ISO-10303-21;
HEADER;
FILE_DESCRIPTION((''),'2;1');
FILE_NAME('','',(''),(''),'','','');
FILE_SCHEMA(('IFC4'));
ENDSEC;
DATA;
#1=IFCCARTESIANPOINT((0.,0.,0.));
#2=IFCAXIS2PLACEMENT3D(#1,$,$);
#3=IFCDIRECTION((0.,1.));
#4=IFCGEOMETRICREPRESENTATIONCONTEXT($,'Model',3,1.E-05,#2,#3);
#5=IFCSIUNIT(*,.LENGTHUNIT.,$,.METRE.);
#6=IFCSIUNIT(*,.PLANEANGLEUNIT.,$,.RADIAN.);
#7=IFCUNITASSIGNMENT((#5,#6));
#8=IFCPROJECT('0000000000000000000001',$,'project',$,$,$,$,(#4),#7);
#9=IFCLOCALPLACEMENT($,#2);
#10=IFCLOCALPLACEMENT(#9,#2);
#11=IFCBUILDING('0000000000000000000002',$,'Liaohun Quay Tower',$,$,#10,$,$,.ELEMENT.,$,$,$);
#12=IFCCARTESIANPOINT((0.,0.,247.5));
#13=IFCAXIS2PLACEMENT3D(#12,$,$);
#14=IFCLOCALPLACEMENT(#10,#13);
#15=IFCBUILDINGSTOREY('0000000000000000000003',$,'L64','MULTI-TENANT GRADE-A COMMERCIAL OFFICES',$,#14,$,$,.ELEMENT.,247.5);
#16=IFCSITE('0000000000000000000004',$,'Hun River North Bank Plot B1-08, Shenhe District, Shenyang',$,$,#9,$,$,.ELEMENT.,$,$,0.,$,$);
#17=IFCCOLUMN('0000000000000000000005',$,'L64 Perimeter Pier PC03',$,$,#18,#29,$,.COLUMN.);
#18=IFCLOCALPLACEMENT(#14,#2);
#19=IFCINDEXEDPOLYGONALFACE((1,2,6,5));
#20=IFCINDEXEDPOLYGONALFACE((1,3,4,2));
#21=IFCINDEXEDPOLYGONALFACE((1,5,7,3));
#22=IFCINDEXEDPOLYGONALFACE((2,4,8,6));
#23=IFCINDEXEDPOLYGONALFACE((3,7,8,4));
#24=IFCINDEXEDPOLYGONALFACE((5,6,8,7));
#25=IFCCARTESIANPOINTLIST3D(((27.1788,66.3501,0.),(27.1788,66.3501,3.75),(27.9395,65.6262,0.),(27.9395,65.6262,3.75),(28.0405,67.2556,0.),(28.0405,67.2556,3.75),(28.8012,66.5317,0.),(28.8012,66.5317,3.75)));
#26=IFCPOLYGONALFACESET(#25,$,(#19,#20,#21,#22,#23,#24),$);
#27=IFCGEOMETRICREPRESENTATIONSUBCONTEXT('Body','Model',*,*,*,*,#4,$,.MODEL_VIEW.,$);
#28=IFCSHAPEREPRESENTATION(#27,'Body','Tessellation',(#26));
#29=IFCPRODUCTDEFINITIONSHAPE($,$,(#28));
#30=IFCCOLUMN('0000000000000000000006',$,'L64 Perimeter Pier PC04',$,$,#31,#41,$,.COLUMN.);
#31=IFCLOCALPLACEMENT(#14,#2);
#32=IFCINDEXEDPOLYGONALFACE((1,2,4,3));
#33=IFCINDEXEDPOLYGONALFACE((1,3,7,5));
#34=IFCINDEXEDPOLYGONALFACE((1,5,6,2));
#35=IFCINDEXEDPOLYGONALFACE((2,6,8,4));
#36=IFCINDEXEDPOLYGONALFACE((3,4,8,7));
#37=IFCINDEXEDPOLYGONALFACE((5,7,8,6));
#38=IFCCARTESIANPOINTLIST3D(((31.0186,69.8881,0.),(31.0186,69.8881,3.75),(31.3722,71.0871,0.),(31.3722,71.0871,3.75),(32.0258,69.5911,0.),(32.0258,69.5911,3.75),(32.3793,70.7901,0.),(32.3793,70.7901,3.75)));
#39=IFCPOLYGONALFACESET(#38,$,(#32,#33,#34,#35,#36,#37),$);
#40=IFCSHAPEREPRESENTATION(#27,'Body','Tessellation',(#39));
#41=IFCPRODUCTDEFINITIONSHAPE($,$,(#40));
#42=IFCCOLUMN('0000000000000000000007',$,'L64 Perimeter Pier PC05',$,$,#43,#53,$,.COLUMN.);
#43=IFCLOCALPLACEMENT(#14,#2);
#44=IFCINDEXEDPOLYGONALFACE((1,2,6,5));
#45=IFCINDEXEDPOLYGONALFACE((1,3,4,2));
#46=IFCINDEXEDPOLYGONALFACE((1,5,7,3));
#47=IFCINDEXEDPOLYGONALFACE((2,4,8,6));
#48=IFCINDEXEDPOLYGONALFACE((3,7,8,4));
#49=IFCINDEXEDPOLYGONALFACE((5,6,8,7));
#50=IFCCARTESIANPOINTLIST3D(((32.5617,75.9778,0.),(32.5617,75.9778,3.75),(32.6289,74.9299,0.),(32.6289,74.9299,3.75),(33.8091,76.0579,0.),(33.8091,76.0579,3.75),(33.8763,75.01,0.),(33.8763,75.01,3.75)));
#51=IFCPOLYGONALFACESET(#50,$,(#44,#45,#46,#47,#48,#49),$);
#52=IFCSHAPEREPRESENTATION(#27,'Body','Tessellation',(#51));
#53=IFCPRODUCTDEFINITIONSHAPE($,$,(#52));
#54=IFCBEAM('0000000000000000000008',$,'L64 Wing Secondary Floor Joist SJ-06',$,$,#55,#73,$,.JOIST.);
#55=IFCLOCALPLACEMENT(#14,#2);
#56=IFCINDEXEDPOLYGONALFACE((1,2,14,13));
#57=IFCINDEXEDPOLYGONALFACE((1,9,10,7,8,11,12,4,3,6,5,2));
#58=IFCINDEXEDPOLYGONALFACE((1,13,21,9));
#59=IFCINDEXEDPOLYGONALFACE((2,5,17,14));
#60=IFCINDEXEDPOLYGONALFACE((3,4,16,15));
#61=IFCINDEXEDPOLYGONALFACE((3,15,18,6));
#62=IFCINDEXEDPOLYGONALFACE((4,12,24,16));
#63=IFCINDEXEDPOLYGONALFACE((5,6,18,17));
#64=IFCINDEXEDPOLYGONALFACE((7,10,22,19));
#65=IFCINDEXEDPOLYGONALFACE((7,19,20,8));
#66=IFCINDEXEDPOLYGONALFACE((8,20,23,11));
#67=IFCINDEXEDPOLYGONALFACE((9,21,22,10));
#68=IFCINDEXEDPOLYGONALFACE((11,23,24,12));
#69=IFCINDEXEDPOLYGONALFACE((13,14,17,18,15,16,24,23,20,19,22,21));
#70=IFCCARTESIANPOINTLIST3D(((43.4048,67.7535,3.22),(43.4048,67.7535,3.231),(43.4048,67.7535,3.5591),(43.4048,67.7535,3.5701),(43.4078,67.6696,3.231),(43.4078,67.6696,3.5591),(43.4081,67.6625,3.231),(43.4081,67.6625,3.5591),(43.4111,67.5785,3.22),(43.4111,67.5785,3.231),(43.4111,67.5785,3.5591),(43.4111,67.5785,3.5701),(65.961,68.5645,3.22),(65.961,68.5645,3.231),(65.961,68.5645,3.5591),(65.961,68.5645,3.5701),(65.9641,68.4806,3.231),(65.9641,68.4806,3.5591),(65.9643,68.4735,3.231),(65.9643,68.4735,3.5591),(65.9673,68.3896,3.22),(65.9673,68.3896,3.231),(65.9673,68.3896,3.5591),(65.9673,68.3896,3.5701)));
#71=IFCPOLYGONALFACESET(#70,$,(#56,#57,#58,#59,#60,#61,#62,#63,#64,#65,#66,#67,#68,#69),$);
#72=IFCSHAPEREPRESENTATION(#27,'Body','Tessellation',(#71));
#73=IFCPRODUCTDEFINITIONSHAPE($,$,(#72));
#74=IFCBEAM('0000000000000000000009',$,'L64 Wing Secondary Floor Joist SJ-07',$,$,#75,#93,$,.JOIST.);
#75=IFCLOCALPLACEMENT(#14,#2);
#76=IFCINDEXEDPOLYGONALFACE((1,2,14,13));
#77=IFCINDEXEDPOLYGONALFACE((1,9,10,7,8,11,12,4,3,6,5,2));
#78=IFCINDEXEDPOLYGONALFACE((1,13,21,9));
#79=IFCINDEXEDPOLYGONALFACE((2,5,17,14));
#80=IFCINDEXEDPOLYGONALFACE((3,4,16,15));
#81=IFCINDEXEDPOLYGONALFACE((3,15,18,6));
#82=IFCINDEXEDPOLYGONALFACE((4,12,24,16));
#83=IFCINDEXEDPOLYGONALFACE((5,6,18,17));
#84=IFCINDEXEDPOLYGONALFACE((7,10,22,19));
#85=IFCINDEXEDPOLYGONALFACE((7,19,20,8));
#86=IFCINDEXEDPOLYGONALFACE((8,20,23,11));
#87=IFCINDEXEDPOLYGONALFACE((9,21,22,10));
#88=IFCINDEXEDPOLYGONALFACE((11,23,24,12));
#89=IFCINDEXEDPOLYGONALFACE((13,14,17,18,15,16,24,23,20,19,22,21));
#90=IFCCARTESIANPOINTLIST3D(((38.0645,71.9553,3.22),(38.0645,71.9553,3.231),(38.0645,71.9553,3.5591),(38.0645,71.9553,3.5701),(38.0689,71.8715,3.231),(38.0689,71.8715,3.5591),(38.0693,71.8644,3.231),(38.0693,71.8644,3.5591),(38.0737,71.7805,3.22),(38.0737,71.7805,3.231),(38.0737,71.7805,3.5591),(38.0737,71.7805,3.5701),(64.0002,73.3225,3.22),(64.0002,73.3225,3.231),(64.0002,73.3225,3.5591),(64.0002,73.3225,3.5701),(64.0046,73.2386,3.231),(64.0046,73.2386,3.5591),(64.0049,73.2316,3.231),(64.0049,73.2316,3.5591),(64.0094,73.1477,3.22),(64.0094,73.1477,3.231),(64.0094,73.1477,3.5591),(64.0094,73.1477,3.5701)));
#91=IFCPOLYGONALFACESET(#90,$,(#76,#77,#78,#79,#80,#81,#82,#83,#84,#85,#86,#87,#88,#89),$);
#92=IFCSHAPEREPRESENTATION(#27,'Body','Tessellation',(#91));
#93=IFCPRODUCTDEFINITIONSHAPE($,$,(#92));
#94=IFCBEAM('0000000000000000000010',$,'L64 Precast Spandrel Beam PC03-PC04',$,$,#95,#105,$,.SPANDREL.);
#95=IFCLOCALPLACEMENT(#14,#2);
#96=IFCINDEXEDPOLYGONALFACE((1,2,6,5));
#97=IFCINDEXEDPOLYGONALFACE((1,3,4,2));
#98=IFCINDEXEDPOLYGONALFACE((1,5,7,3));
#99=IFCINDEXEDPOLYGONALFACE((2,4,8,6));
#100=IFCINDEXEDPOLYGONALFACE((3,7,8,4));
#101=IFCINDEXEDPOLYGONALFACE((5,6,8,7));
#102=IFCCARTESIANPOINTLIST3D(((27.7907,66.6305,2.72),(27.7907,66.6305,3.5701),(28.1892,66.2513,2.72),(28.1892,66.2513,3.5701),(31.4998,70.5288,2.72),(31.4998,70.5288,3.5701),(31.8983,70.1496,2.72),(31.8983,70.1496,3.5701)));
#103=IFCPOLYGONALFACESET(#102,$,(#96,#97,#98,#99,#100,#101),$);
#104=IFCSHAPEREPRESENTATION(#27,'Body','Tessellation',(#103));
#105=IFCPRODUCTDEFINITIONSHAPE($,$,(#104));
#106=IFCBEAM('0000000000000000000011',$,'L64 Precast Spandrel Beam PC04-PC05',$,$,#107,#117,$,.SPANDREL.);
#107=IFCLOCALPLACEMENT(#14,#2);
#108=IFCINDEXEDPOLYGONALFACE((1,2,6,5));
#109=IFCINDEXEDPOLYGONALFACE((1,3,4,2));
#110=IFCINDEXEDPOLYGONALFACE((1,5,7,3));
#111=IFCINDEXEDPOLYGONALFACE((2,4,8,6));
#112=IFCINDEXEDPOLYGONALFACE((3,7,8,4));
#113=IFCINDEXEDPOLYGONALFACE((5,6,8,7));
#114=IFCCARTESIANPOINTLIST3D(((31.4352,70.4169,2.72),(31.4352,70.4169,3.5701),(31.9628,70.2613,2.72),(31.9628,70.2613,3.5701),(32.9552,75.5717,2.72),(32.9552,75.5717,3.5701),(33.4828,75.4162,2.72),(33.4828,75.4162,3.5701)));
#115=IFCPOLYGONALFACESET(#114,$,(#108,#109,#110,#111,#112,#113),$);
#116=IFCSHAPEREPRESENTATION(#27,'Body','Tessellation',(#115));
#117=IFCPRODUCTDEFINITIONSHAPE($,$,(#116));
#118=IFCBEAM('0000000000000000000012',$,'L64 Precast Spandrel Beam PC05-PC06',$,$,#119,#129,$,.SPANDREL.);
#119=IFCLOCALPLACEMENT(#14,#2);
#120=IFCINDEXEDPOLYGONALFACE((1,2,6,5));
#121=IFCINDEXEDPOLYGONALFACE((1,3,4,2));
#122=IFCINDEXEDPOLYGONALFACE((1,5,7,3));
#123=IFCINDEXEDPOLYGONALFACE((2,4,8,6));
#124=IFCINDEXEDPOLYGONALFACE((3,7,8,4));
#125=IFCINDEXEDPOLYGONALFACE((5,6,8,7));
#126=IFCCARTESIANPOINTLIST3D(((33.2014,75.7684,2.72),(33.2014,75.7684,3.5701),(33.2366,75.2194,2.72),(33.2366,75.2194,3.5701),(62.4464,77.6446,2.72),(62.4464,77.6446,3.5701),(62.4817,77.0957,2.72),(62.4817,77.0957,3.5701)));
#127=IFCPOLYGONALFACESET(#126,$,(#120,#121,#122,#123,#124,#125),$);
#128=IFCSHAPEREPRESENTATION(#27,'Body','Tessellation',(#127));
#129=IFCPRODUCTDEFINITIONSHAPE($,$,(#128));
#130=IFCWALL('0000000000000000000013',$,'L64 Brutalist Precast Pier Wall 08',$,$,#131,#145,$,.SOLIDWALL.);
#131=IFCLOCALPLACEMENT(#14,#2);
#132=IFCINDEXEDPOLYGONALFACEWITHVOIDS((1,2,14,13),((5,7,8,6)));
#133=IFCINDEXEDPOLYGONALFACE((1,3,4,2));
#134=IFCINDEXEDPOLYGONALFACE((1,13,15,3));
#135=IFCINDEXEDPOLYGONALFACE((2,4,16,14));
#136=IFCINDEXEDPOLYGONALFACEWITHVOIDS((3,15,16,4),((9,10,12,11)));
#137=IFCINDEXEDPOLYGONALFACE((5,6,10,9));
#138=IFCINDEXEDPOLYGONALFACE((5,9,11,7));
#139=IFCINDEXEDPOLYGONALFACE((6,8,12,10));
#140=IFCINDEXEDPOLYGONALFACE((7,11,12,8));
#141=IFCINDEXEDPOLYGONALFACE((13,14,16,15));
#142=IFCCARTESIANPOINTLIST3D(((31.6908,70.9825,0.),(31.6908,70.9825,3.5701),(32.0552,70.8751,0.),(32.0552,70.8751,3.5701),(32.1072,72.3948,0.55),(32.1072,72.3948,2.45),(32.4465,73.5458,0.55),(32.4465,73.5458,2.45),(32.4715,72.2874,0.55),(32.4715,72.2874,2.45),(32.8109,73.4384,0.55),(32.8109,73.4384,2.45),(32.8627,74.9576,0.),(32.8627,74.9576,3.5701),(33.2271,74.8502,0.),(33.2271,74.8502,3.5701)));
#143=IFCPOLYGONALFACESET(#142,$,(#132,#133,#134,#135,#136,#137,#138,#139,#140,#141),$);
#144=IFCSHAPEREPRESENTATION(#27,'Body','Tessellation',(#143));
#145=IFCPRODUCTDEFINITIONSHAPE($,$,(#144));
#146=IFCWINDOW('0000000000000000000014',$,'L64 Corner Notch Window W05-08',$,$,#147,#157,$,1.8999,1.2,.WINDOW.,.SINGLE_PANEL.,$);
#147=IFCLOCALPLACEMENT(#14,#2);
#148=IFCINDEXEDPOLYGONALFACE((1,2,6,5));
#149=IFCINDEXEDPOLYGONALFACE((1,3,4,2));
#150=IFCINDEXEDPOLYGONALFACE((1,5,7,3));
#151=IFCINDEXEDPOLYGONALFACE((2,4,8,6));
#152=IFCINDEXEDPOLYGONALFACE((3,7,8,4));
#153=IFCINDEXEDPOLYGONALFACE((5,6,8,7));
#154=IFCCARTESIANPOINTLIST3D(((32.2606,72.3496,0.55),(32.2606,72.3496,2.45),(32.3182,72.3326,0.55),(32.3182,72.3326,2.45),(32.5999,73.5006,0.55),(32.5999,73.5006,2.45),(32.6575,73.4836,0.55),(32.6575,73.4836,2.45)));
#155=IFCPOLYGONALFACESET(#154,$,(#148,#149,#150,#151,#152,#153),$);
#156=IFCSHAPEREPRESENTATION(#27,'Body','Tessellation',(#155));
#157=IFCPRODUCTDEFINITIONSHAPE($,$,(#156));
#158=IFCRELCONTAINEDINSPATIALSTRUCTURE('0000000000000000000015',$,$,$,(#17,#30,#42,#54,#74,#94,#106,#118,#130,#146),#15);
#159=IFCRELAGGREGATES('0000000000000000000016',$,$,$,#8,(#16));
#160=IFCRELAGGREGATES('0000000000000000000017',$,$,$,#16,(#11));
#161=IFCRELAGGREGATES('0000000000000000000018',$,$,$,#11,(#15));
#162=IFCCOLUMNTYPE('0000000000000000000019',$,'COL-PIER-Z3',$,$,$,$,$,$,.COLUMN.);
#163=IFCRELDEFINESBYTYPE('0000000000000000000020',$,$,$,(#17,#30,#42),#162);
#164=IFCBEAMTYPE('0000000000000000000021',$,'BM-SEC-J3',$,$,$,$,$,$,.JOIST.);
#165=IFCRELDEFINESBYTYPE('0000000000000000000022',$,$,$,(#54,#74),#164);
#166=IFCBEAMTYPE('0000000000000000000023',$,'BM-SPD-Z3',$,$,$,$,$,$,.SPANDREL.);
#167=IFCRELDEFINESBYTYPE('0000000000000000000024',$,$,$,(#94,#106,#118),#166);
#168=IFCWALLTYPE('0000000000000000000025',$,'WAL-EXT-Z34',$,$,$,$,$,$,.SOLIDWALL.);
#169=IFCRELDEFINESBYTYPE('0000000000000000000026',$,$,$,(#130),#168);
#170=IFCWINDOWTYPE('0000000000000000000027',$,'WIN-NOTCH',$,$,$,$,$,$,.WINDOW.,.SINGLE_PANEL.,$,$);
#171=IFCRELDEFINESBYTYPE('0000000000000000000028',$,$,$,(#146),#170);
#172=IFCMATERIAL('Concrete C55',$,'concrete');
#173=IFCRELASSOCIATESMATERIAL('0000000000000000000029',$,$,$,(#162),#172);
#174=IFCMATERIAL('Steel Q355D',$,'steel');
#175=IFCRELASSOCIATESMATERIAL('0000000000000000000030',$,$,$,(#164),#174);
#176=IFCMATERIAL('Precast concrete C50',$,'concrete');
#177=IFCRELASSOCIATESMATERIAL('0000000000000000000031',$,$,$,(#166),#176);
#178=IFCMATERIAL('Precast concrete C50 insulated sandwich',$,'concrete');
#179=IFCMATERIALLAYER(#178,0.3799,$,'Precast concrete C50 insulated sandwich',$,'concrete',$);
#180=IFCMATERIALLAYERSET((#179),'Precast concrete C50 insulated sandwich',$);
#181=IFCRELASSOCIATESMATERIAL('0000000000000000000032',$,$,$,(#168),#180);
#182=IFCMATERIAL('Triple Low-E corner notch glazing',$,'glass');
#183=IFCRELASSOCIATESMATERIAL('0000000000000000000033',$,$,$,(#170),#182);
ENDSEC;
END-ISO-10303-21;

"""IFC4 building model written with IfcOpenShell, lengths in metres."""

from ifc_helpers import new_model, si_unit, direction, frame, frame_2d, origin, origin_2d, place, context, subcontext, project, spatial, rectangle, i_section, extrude, source, transform, mapped, material, layer, layer_set, material_profile, profile_set, type_object, element, fill, save


model = new_model("IFC4")

# Units and contexts
model_context = context("Model", 3, precision=1e-05, world=origin(), true_north=direction((0.0, 1.0)))
body_context = subcontext(model_context, "Body", "Model", "MODEL_VIEW")
ifc_project = project(units=[si_unit("LENGTHUNIT", "METRE"), si_unit("PLANEANGLEUNIT", "RADIAN")], contexts=[model_context])

# Site, building, storey
site_placement = place(None, origin())
site = spatial("IfcSite", under=ifc_project, at=site_placement, Name="Hun River North Bank Plot B1-08, Shenhe District, Shenyang", CompositionType="ELEMENT", RefElevation=0.0)
building_placement = place(site_placement, origin())
building = spatial("IfcBuilding", under=site, at=building_placement, Name="Liaohun Quay Tower", CompositionType="ELEMENT")
storey_placement = place(building_placement, frame((0.0, 0.0, 247.5)))
storey = spatial("IfcBuildingStorey", under=building, at=storey_placement, Name="L64", Description="MULTI-TENANT GRADE-A COMMERCIAL OFFICES", CompositionType="ELEMENT", Elevation=247.5)

# Columns
ifc_material_1 = material(Name="Concrete C55", Category="concrete")
ifc_material_profile_1 = material_profile(ifc_material_1, rectangle(XDim=1.25, YDim=1.05, at=origin_2d()), Name="RC1250x1050")
ifc_profile_set_1 = profile_set([ifc_material_profile_1], Name="Concrete C55")
column_type = type_object("IfcColumnType", Name="COL-PIER-Z3", PredefinedType="COLUMN", material=ifc_profile_set_1)
shared_shape_1 = source(origin(), body_context, "Body", "SweptSolid", [
    extrude(rectangle(XDim=1.25, YDim=1.05, at=origin_2d()), origin(), (0.0, 0.0, 1.0), 3.75),
])
for number, where, z_axis, x_axis, name in (
    (1, (27.99, 66.4409, 0.0), (0.0, 0.0, 1.0), (0.689367, 0.724413, 0.0), "L64 Perimeter Pier PC03"),
    (2, (31.699, 70.3391, 0.0), (0.0, 0.0, 1.0), (0.282844, 0.959166, 0.0), "L64 Perimeter Pier PC04"),
    (3, (33.219, 75.4939, 0.0), (0.0, 0.0, 1.0), (0.997949, 0.06401, 0.0), "L64 Perimeter Pier PC05"),
):
    element("IfcColumn", number, at=place(storey_placement, frame(where, z_axis=z_axis, x_axis=x_axis)), inside=storey, type_object=column_type, Name=name, PredefinedType="COLUMN", context=body_context, shape_type="MappedRepresentation", body=[
        mapped(shared_shape_1, transform((0.0, 0.0, 0.0), x_axis=(1.0, 0.0, 0.0), y_axis=(0.0, 1.0, 0.0), z_axis=(0.0, 0.0, 1.0), scale=1.0)),
    ])

# Beams
ifc_material_2 = material(Name="Steel Q355D", Category="steel")
ifc_material_profile_2 = material_profile(ifc_material_2, i_section(OverallWidth=0.175, OverallDepth=0.3501, WebThickness=0.0071, FlangeThickness=0.011, at=origin_2d()), Name="HN350x175x7x11")
ifc_profile_set_2 = profile_set([ifc_material_profile_2], Name="Steel Q355D")
beam_type_1 = type_object("IfcBeamType", Name="BM-SEC-J3", PredefinedType="JOIST", material=ifc_profile_set_2)
shared_shape_2 = source(origin(), body_context, "Body", "SweptSolid", [
    extrude(i_section(OverallWidth=0.175, OverallDepth=0.3501, WebThickness=0.0071, FlangeThickness=0.011, at=origin_2d()), origin(), (0.0, 0.0, 1.0), 22.5708),
])
beam_1_placement = place(storey_placement, frame((43.408, 67.666, 3.395), z_axis=(0.999354, 0.035933, 0.0), x_axis=(-0.035933, 0.999354, 0.0)))
element("IfcBeam", 4, at=beam_1_placement, inside=storey, type_object=beam_type_1, Name="L64 Wing Secondary Floor Joist SJ-06", PredefinedType="JOIST", context=body_context, shape_type="MappedRepresentation", body=[
    mapped(shared_shape_2, transform((0.0, 0.0, 0.0), x_axis=(1.0, 0.0, 0.0), y_axis=(0.0, 1.0, 0.0), z_axis=(0.0, 0.0, 1.0), scale=1.0)),
])
shared_shape_3 = source(origin(), body_context, "Body", "SweptSolid", [
    extrude(i_section(OverallWidth=0.175, OverallDepth=0.3501, WebThickness=0.0071, FlangeThickness=0.011, at=origin_2d()), origin(), (0.0, 0.0, 1.0), 25.9717),
])
beam_2_placement = place(storey_placement, frame((38.0691, 71.8679, 3.395), z_axis=(0.998613, 0.052641, 0.0), x_axis=(-0.052641, 0.998613, 0.0)))
element("IfcBeam", 5, at=beam_2_placement, inside=storey, type_object=beam_type_1, Name="L64 Wing Secondary Floor Joist SJ-07", PredefinedType="JOIST", context=body_context, shape_type="MappedRepresentation", body=[
    mapped(shared_shape_3, transform((0.0, 0.0, 0.0), x_axis=(1.0, 0.0, 0.0), y_axis=(0.0, 1.0, 0.0), z_axis=(0.0, 0.0, 1.0), scale=1.0)),
])
ifc_material_3 = material(Name="Precast concrete C50", Category="concrete")
ifc_material_profile_3 = material_profile(ifc_material_3, rectangle(XDim=0.55, YDim=0.8501, at=origin_2d()), Name="RC550x850")
ifc_profile_set_3 = profile_set([ifc_material_profile_3], Name="Precast concrete C50")
beam_type_2 = type_object("IfcBeamType", Name="BM-SPD-Z3", PredefinedType="SPANDREL", material=ifc_profile_set_3)
shared_shape_4 = source(origin(), body_context, "Body", "SweptSolid", [
    extrude(rectangle(XDim=0.55, YDim=0.8501, at=origin_2d()), origin(), (0.0, 0.0, 1.0), 5.3809),
])
beam_3_placement = place(storey_placement, frame((27.99, 66.4409, 3.145), z_axis=(0.689306, 0.72447, 0.0), x_axis=(-0.72447, 0.689306, 0.0)))
element("IfcBeam", 6, at=beam_3_placement, inside=storey, type_object=beam_type_2, Name="L64 Precast Spandrel Beam PC03-PC04", PredefinedType="SPANDREL", context=body_context, shape_type="MappedRepresentation", body=[
    mapped(shared_shape_4, transform((0.0, 0.0, 0.0), x_axis=(1.0, 0.0, 0.0), y_axis=(0.0, 1.0, 0.0), z_axis=(0.0, 0.0, 1.0), scale=1.0)),
])
shared_shape_5 = source(origin(), body_context, "Body", "SweptSolid", [
    extrude(rectangle(XDim=0.55, YDim=0.8501, at=origin_2d()), origin(), (0.0, 0.0, 1.0), 5.3743),
])
beam_4_placement = place(storey_placement, frame((31.699, 70.3391, 3.145), z_axis=(0.282835, 0.959169, 0.0), x_axis=(-0.959169, 0.282835, 0.0)))
element("IfcBeam", 7, at=beam_4_placement, inside=storey, type_object=beam_type_2, Name="L64 Precast Spandrel Beam PC04-PC05", PredefinedType="SPANDREL", context=body_context, shape_type="MappedRepresentation", body=[
    mapped(shared_shape_5, transform((0.0, 0.0, 0.0), x_axis=(1.0, 0.0, 0.0), y_axis=(0.0, 1.0, 0.0), z_axis=(0.0, 0.0, 1.0), scale=1.0)),
])
shared_shape_6 = source(origin(), body_context, "Body", "SweptSolid", [
    extrude(rectangle(XDim=0.55, YDim=0.8501, at=origin_2d()), origin(), (0.0, 0.0, 1.0), 29.3052),
])
beam_5_placement = place(storey_placement, frame((33.219, 75.4939, 3.145), z_axis=(0.997948, 0.064023, 0.0), x_axis=(-0.064023, 0.997948, 0.0)))
element("IfcBeam", 8, at=beam_5_placement, inside=storey, type_object=beam_type_2, Name="L64 Precast Spandrel Beam PC05-PC06", PredefinedType="SPANDREL", context=body_context, shape_type="MappedRepresentation", body=[
    mapped(shared_shape_6, transform((0.0, 0.0, 0.0), x_axis=(1.0, 0.0, 0.0), y_axis=(0.0, 1.0, 0.0), z_axis=(0.0, 0.0, 1.0), scale=1.0)),
])

# Wall, opening, window
ifc_material_4 = material(Name="Precast concrete C50 insulated sandwich", Category="concrete")
ifc_layer_1 = layer(ifc_material_4, 0.3799, Name="Precast concrete C50 insulated sandwich", Category="concrete")
ifc_layer_set_1 = layer_set([ifc_layer_1], Name="Precast concrete C50 insulated sandwich")
wall_type_1 = type_object("IfcWallType", Name="WAL-EXT-Z34", PredefinedType="SOLIDWALL", material=ifc_layer_set_1)
wall_1_placement = place(storey_placement, frame((33.0449, 74.9041, 0.0), z_axis=(0.0, 0.0, 1.0), x_axis=(-0.282772, -0.959187, 0.0)))
wall_1 = element("IfcWall", 9, at=wall_1_placement, inside=storey, type_object=wall_type_1, Name="L64 Brutalist Precast Pier Wall 08", PredefinedType="SOLIDWALL", context=body_context, shape_type="SweptSolid", body=[
    extrude(rectangle(XDim=4.1443, YDim=0.3799, at=frame_2d((2.0723, 0.0))), origin(), (0.0, 0.0, 1.0), 3.5701),
])
shared_shape_7 = source(origin(), body_context, "Body", "SweptSolid", [
    extrude(rectangle(XDim=1.2, YDim=1.8999, at=frame_2d((0.6001, 0.95))), frame((0.0, 0.2, 0.0), z_axis=(0.0, -1.0, 0.0), x_axis=(1.0, 0.0, 0.0)), (0.0, 0.0, 1.0), 0.3999),
])
opening_1_placement = place(wall_1_placement, frame((1.4719, 0.0, 0.55)))
opening_1 = element("IfcOpeningElement", 10, at=opening_1_placement, cuts=wall_1, PredefinedType="OPENING", context=body_context, shape_type="MappedRepresentation", body=[
    mapped(shared_shape_7, transform((0.0, 0.0, 0.0), x_axis=(1.0, 0.0, 0.0), y_axis=(0.0, 1.0, 0.0), z_axis=(0.0, 0.0, 1.0), scale=1.0)),
])
ifc_material_5 = material(Name="Triple Low-E corner notch glazing", Category="glass")
window_type_1 = type_object("IfcWindowType", Name="WIN-NOTCH", PartitioningType="SINGLE_PANEL", PredefinedType="WINDOW", material=ifc_material_5)
shared_shape_8 = source(origin(), body_context, "Body", "SweptSolid", [
    extrude(rectangle(XDim=1.2, YDim=1.8999, at=frame_2d((0.6001, 0.95))), frame((0.0, 0.03, 0.0), z_axis=(0.0, -1.0, 0.0), x_axis=(1.0, 0.0, 0.0)), (0.0, 0.0, 1.0), 0.0601),
])
window_1_placement = place(opening_1_placement, origin())
window_1 = element("IfcWindow", 11, at=window_1_placement, inside=storey, type_object=window_type_1, Name="L64 Corner Notch Window W05-08", OverallHeight=1.8999, OverallWidth=1.2, PartitioningType="SINGLE_PANEL", PredefinedType="WINDOW", context=body_context, shape_type="MappedRepresentation", body=[
    mapped(shared_shape_8, transform((0.0, 0.0, 0.0), x_axis=(1.0, 0.0, 0.0), y_axis=(0.0, 1.0, 0.0), z_axis=(0.0, 0.0, 1.0), scale=1.0)),
])
fill(opening_1, window_1)

save(model, "model.ifc")
